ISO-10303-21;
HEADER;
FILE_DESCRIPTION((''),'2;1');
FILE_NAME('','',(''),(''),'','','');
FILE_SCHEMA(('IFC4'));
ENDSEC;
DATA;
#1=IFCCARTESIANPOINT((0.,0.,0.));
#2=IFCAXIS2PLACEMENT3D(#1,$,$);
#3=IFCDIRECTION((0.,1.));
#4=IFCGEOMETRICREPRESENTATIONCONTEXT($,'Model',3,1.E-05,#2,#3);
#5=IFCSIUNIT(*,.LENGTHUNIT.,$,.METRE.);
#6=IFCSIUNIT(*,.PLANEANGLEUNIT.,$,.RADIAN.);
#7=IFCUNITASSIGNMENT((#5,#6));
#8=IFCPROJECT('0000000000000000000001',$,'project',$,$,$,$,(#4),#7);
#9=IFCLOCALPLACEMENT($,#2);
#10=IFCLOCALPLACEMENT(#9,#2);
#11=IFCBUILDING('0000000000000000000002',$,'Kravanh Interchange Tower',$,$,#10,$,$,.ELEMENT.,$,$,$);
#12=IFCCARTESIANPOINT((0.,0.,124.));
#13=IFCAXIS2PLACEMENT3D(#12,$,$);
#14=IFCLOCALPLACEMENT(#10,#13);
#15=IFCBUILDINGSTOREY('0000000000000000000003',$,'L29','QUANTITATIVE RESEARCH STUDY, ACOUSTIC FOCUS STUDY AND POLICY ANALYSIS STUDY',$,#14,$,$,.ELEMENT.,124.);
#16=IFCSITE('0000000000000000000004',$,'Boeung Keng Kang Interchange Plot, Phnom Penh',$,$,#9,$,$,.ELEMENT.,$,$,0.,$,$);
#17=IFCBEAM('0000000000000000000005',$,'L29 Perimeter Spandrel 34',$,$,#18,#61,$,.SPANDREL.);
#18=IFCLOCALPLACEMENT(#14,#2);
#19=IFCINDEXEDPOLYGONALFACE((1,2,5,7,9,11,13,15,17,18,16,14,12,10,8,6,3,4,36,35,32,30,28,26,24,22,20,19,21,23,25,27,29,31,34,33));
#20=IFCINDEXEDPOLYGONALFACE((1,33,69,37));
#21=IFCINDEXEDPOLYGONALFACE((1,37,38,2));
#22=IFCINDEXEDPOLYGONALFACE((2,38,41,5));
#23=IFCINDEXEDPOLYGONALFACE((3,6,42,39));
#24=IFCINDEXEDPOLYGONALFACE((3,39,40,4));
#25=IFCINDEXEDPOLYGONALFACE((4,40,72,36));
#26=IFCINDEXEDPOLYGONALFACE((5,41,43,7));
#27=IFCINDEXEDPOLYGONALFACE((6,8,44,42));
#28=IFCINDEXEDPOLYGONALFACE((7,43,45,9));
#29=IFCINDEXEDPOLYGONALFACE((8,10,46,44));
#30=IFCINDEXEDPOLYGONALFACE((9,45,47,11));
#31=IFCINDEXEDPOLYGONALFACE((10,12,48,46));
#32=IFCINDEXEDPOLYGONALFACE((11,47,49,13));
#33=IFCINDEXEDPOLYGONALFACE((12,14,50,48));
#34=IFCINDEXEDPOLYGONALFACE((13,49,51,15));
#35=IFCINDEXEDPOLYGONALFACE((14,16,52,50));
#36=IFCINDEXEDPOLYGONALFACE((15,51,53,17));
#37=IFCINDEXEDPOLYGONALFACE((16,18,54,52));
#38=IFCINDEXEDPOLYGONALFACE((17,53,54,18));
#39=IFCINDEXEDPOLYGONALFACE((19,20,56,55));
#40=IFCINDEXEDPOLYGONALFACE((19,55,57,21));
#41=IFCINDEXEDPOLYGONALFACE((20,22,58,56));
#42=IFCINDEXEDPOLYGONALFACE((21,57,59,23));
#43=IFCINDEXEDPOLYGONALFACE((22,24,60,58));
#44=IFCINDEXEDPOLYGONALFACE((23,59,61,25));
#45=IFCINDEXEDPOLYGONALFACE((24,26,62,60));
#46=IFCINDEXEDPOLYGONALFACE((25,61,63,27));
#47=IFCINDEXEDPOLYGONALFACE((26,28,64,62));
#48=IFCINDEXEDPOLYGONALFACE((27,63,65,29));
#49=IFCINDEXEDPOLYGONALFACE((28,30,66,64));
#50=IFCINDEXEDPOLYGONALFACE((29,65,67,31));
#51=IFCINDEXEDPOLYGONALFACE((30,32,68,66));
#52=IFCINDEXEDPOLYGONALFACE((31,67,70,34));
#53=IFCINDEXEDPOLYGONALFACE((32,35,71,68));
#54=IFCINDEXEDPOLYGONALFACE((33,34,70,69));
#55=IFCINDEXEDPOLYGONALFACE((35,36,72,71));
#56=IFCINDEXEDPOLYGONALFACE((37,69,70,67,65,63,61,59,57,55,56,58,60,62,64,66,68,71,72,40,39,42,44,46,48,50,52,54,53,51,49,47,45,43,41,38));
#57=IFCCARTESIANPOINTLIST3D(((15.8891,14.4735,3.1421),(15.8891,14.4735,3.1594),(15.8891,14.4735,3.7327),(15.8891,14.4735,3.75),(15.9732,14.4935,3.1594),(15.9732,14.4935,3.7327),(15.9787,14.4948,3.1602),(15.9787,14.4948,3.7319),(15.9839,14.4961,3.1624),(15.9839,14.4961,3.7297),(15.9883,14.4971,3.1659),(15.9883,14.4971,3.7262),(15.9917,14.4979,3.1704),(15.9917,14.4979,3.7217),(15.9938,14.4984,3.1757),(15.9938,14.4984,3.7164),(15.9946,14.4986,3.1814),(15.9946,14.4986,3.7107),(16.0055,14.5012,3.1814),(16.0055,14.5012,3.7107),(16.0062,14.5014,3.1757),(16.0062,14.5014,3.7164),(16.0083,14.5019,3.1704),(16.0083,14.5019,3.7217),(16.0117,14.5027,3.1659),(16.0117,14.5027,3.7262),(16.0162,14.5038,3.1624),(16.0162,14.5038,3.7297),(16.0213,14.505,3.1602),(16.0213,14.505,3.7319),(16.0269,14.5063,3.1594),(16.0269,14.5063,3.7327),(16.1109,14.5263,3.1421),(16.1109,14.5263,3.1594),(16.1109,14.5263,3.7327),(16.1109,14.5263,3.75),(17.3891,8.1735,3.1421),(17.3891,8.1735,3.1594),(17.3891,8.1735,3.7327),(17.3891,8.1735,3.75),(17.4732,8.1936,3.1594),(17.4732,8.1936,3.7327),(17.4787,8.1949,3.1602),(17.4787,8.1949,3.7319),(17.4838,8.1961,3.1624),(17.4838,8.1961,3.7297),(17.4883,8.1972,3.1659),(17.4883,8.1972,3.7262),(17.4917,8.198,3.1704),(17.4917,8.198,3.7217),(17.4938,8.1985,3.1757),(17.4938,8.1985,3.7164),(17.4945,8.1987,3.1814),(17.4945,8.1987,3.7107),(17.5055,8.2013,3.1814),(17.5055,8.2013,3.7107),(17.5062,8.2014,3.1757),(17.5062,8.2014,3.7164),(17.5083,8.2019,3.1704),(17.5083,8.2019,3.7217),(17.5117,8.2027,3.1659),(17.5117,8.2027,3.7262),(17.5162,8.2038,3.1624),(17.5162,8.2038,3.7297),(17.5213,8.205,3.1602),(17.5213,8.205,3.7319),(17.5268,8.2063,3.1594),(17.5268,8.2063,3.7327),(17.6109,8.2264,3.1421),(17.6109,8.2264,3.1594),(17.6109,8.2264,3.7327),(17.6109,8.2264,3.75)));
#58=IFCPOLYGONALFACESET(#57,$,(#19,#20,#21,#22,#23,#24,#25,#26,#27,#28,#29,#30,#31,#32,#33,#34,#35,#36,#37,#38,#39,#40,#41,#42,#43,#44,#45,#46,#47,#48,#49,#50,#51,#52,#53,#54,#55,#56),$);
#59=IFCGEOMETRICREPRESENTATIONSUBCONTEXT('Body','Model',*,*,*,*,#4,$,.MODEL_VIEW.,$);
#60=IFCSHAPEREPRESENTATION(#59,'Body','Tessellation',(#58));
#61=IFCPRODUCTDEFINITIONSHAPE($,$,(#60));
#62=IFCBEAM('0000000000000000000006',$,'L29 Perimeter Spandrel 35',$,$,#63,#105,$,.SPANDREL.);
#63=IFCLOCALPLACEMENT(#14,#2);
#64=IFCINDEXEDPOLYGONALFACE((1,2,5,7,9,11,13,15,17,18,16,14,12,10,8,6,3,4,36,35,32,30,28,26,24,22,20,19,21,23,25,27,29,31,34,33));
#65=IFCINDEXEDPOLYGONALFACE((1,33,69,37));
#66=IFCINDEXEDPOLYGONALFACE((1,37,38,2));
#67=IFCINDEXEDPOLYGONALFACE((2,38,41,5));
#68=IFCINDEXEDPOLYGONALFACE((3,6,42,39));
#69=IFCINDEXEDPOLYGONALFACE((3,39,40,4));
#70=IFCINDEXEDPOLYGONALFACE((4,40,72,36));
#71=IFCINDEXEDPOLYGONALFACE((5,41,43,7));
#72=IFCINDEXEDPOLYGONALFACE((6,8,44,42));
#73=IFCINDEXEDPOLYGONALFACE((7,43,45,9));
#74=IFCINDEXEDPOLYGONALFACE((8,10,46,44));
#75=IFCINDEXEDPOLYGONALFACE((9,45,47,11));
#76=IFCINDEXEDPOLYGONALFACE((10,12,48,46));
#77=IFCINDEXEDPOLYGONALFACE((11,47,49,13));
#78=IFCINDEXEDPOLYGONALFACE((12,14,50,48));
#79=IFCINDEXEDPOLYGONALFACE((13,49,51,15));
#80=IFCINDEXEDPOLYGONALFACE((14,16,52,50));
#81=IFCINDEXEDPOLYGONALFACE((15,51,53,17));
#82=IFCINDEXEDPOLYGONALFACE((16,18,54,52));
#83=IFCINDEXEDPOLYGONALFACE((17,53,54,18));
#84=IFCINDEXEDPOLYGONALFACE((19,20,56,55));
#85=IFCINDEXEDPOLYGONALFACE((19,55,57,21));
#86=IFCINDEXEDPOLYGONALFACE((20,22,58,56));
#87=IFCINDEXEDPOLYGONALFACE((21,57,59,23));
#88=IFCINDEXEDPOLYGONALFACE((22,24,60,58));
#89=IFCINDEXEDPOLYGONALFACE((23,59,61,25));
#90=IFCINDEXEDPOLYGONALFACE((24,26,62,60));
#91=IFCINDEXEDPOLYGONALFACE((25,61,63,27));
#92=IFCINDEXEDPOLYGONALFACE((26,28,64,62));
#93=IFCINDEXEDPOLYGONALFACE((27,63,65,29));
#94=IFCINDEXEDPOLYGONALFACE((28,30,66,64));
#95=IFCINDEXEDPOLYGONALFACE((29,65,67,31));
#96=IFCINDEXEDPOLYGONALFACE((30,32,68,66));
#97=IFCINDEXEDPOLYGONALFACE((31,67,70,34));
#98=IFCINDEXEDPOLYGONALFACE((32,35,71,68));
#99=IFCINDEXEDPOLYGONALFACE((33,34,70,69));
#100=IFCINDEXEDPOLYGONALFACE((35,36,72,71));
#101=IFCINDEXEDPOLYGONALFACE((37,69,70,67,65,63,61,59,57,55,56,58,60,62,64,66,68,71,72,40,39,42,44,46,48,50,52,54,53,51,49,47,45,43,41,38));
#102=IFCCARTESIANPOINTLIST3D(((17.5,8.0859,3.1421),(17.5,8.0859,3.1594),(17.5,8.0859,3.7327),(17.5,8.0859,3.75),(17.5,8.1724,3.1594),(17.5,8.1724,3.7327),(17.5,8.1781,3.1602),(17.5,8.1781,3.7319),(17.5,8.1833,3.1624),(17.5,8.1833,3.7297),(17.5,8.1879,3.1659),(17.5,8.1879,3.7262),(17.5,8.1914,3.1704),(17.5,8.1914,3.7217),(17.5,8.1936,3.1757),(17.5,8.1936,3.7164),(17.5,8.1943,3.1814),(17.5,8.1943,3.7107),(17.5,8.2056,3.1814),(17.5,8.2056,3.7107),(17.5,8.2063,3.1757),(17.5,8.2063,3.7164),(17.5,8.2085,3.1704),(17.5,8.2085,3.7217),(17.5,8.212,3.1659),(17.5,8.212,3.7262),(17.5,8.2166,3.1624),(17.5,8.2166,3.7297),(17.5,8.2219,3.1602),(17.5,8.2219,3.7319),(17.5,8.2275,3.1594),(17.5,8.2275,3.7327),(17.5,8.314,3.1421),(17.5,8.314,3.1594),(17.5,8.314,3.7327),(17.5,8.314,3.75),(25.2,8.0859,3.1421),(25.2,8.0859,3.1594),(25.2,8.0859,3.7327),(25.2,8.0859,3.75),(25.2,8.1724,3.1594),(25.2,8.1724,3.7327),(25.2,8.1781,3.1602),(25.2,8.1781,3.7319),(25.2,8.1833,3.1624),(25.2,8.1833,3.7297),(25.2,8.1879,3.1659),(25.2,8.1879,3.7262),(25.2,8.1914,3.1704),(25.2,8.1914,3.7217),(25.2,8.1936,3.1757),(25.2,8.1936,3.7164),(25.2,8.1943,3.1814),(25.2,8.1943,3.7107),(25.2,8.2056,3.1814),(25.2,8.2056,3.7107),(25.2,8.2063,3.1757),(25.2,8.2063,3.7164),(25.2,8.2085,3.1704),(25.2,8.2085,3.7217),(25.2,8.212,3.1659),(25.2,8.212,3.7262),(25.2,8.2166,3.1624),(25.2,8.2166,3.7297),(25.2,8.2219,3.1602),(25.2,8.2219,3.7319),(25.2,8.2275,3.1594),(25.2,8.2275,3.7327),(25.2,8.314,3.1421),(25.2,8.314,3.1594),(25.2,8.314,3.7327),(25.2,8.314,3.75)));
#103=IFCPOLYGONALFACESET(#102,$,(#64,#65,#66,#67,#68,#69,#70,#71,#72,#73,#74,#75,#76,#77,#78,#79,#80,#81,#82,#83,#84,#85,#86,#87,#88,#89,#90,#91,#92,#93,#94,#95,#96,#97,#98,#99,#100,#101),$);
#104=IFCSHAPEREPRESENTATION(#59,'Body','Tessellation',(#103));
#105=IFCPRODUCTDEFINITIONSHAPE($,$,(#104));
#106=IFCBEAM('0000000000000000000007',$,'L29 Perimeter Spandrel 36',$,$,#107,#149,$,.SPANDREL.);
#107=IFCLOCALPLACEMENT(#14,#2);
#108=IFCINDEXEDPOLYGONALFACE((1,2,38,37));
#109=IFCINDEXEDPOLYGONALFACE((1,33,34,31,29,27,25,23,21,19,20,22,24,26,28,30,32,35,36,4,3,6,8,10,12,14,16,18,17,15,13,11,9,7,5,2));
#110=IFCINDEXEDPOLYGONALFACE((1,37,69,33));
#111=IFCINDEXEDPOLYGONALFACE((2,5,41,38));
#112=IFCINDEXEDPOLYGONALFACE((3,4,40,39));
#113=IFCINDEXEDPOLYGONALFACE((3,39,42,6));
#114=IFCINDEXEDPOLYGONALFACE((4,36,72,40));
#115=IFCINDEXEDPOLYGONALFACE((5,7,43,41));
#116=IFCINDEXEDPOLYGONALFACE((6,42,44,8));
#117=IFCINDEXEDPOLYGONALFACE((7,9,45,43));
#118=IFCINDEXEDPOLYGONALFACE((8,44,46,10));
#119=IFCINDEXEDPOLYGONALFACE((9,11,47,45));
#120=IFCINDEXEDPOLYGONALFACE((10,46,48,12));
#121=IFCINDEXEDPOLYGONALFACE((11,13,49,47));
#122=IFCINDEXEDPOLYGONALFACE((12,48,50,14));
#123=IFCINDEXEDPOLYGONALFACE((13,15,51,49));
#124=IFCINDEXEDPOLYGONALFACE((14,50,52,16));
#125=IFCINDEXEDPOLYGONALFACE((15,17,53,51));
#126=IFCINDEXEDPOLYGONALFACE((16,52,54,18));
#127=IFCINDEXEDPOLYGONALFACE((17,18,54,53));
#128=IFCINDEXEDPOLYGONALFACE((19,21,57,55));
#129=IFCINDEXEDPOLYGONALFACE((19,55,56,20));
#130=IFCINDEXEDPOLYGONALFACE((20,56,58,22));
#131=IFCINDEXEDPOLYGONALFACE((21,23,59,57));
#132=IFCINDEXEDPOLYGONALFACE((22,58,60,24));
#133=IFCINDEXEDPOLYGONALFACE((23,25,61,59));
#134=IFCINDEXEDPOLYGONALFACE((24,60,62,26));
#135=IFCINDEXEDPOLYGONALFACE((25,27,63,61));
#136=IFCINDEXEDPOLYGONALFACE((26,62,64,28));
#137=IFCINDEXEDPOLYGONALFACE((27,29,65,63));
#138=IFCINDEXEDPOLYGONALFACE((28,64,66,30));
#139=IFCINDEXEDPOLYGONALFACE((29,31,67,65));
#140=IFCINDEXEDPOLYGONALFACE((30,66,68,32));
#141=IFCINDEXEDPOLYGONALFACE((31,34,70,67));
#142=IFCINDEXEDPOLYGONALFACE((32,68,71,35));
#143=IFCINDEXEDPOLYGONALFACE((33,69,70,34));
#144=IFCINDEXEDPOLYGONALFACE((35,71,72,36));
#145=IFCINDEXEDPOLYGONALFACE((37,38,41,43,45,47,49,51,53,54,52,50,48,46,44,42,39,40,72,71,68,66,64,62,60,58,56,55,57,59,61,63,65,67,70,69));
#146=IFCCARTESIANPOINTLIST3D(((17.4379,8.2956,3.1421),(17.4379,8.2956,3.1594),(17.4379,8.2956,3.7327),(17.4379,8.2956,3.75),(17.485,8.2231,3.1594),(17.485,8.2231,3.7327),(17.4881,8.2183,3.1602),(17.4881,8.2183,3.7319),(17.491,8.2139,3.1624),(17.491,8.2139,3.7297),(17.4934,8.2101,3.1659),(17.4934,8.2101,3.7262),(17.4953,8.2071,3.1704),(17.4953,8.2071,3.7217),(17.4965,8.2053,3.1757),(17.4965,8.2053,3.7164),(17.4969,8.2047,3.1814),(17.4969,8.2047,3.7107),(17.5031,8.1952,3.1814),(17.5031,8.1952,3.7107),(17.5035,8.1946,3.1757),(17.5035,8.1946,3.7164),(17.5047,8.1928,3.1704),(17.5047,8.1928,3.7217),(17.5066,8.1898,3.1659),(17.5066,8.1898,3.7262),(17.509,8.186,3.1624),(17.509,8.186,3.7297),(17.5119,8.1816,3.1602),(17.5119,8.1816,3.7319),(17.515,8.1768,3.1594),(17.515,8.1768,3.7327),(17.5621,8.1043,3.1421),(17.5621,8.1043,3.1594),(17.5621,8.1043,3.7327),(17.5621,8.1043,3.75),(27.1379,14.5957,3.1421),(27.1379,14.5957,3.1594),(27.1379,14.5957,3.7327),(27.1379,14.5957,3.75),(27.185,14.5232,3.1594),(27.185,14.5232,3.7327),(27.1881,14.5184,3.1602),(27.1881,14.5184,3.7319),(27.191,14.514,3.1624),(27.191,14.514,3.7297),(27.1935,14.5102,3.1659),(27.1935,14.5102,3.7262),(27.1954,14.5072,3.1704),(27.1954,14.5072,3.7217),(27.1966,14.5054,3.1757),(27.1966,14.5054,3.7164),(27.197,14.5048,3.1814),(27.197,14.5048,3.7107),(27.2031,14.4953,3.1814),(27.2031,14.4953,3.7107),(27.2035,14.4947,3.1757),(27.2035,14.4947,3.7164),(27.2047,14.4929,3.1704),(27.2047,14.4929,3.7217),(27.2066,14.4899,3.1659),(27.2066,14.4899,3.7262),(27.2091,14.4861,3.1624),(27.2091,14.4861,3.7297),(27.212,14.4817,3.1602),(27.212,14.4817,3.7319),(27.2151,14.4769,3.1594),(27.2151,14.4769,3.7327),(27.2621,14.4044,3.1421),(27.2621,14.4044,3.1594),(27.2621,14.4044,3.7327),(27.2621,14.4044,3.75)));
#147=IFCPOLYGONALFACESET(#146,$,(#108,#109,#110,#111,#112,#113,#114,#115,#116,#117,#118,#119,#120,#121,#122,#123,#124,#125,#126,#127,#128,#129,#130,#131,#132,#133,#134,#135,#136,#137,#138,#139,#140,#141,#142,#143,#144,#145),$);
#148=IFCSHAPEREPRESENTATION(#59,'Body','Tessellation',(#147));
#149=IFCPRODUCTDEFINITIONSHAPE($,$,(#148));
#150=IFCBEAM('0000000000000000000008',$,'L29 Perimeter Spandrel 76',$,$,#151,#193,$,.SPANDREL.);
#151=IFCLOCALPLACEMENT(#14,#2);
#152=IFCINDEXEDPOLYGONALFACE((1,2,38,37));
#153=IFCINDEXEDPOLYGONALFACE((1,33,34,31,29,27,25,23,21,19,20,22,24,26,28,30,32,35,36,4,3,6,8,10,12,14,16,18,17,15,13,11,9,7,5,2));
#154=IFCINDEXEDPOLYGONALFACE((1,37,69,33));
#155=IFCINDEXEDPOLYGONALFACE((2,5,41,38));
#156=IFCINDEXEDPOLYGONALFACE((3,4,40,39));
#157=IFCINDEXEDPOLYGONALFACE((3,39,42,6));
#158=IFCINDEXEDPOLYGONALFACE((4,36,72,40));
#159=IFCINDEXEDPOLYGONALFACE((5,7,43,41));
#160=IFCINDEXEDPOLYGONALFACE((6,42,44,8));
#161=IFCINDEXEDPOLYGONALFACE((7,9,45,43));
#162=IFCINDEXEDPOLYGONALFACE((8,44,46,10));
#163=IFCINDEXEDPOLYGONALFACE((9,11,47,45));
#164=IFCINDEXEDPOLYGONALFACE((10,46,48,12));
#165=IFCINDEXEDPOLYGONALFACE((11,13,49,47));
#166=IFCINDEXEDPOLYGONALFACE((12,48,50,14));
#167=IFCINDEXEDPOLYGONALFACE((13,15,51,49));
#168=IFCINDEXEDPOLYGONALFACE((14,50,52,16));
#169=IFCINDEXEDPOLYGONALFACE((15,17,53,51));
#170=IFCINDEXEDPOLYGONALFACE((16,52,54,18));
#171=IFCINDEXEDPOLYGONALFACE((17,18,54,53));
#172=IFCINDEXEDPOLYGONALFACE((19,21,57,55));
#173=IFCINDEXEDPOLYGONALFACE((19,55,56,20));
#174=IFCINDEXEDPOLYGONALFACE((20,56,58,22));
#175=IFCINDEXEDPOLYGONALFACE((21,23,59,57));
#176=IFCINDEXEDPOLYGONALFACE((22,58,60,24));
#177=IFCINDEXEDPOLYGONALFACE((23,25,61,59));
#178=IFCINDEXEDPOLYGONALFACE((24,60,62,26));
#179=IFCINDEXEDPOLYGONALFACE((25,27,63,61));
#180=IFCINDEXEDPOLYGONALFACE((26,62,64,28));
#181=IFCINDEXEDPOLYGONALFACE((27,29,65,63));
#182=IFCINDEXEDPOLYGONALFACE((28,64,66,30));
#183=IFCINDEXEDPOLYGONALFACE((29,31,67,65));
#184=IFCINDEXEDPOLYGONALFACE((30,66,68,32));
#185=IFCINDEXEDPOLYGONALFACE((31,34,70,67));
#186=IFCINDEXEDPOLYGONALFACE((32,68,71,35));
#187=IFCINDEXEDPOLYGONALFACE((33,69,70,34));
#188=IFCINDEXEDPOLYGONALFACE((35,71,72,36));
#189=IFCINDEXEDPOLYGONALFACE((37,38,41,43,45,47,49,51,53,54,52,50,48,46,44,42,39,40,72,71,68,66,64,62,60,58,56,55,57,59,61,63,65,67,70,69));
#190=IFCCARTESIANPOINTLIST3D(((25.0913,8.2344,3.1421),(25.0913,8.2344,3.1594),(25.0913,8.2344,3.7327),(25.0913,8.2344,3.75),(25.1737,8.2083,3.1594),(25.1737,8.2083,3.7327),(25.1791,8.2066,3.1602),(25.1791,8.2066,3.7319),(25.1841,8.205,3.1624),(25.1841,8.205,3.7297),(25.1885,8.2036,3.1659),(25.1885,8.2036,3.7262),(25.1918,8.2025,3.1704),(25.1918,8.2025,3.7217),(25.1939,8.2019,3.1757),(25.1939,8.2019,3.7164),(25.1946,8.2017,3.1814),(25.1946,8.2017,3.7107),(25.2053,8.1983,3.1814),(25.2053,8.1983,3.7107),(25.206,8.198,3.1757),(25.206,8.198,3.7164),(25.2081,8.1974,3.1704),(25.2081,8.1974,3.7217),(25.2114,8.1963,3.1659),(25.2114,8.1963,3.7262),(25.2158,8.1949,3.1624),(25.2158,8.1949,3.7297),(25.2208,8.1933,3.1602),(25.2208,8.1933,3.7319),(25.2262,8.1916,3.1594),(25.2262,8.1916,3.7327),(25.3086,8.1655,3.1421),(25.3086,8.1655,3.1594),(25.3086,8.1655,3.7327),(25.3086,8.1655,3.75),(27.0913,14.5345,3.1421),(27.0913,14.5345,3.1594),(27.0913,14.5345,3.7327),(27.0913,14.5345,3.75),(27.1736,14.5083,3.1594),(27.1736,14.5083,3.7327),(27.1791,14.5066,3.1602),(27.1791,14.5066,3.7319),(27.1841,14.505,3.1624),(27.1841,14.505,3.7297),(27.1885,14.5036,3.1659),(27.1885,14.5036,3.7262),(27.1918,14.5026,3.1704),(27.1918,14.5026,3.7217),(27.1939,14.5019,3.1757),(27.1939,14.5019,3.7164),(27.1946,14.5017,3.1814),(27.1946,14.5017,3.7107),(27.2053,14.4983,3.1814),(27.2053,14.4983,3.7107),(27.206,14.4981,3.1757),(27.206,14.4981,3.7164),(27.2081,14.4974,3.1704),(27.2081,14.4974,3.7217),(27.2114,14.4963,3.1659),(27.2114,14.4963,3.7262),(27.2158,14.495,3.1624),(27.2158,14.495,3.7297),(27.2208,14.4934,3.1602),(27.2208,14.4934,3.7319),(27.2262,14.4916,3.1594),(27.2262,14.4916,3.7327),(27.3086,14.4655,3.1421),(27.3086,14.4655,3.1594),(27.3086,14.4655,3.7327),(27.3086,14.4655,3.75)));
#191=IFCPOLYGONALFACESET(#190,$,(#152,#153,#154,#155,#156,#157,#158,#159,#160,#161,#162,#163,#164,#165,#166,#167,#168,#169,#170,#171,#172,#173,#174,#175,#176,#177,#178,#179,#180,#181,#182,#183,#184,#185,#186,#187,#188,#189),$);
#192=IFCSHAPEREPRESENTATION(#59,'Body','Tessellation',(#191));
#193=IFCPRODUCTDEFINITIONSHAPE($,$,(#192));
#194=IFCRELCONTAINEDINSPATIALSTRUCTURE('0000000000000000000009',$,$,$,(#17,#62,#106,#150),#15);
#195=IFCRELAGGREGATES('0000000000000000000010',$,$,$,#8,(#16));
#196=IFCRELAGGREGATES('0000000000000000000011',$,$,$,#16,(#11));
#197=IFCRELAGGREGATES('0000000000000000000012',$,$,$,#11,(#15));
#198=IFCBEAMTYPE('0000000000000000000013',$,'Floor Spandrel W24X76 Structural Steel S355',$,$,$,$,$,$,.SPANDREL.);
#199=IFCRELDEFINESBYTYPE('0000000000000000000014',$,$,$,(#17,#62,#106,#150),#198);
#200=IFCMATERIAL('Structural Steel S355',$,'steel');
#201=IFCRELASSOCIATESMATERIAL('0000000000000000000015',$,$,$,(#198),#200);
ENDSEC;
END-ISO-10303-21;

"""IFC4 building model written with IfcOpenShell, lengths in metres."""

from ifc_helpers import new_model, si_unit, direction, frame, origin, origin_2d, place, context, subcontext, project, spatial, i_section, extrude, material, material_profile, profile_set, type_object, element, save


model = new_model("IFC4")

# Units and contexts
model_context = context("Model", 3, precision=1e-05, world=origin(), true_north=direction((0.0, 1.0)))
body_context = subcontext(model_context, "Body", "Model", "MODEL_VIEW")
ifc_project = project(units=[si_unit("LENGTHUNIT", "METRE"), si_unit("PLANEANGLEUNIT", "RADIAN")], contexts=[model_context])

# Site, building, storey
site_placement = place(None, origin())
site = spatial("IfcSite", under=ifc_project, at=site_placement, Name="Boeung Keng Kang Interchange Plot, Phnom Penh", CompositionType="ELEMENT", RefElevation=0.0)
building_placement = place(site_placement, origin())
building = spatial("IfcBuilding", under=site, at=building_placement, Name="Kravanh Interchange Tower", CompositionType="ELEMENT")
storey_placement = place(building_placement, frame((0.0, 0.0, 124.0)))
storey = spatial("IfcBuildingStorey", under=building, at=storey_placement, Name="L29", Description="QUANTITATIVE RESEARCH STUDY, ACOUSTIC FOCUS STUDY AND POLICY ANALYSIS STUDY", CompositionType="ELEMENT", Elevation=124.0)

# Beams
ifc_material_1 = material(Name="Structural Steel S355", Category="steel")
ifc_material_profile_1 = material_profile(ifc_material_1, i_section(OverallWidth=0.228, OverallDepth=0.6079, WebThickness=0.0112, FlangeThickness=0.0173, FilletRadius=0.022, at=origin_2d()), Name="W24X76")
ifc_profile_set_1 = profile_set([ifc_material_profile_1], Name="Structural Steel S355")
beam_type_1 = type_object("IfcBeamType", Name="Floor Spandrel W24X76 Structural Steel S355", PredefinedType="SPANDREL", material=ifc_profile_set_1)
beam_1_placement = place(storey_placement, frame((17.5, 8.2, 3.446), z_axis=(-0.231619, 0.972807, 0.0), x_axis=(-0.972807, -0.231619, 0.0)))
element("IfcBeam", 1, at=beam_1_placement, inside=storey, type_object=beam_type_1, Name="L29 Perimeter Spandrel 34", PredefinedType="SPANDREL", context=body_context, shape_type="SweptSolid", body=[
    extrude(i_section(OverallWidth=0.228, OverallDepth=0.6079, WebThickness=0.0112, FlangeThickness=0.0173, FilletRadius=0.022, at=origin_2d()), origin(), (0.0, 0.0, 1.0), 6.4761),
])
beam_2_placement = place(storey_placement, frame((17.5, 8.2, 3.446), z_axis=(1.0, 0.0, 0.0), x_axis=(0.0, 1.0, 0.0)))
element("IfcBeam", 2, at=beam_2_placement, inside=storey, type_object=beam_type_1, Name="L29 Perimeter Spandrel 35", PredefinedType="SPANDREL", context=body_context, shape_type="SweptSolid", body=[
    extrude(i_section(OverallWidth=0.228, OverallDepth=0.6079, WebThickness=0.0112, FlangeThickness=0.0173, FilletRadius=0.022, at=origin_2d()), origin(), (0.0, 0.0, 1.0), 7.7),
])
beam_3_placement = place(storey_placement, frame((17.5, 8.2, 3.446), z_axis=(0.838638, 0.544689, 0.0), x_axis=(-0.544689, 0.838638, 0.0)))
element("IfcBeam", 3, at=beam_3_placement, inside=storey, type_object=beam_type_1, Name="L29 Perimeter Spandrel 36", PredefinedType="SPANDREL", context=body_context, shape_type="SweptSolid", body=[
    extrude(i_section(OverallWidth=0.228, OverallDepth=0.6079, WebThickness=0.0112, FlangeThickness=0.0173, FilletRadius=0.022, at=origin_2d()), origin(), (0.0, 0.0, 1.0), 11.5664),
])
beam_4_placement = place(storey_placement, frame((25.2, 8.2, 3.446), z_axis=(0.302577, 0.953125, 0.0), x_axis=(-0.953125, 0.302577, 0.0)))
element("IfcBeam", 4, at=beam_4_placement, inside=storey, type_object=beam_type_1, Name="L29 Perimeter Spandrel 76", PredefinedType="SPANDREL", context=body_context, shape_type="SweptSolid", body=[
    extrude(i_section(OverallWidth=0.228, OverallDepth=0.6079, WebThickness=0.0112, FlangeThickness=0.0173, FilletRadius=0.022, at=origin_2d()), origin(), (0.0, 0.0, 1.0), 6.6099),
])

save(model, "model.ifc")
